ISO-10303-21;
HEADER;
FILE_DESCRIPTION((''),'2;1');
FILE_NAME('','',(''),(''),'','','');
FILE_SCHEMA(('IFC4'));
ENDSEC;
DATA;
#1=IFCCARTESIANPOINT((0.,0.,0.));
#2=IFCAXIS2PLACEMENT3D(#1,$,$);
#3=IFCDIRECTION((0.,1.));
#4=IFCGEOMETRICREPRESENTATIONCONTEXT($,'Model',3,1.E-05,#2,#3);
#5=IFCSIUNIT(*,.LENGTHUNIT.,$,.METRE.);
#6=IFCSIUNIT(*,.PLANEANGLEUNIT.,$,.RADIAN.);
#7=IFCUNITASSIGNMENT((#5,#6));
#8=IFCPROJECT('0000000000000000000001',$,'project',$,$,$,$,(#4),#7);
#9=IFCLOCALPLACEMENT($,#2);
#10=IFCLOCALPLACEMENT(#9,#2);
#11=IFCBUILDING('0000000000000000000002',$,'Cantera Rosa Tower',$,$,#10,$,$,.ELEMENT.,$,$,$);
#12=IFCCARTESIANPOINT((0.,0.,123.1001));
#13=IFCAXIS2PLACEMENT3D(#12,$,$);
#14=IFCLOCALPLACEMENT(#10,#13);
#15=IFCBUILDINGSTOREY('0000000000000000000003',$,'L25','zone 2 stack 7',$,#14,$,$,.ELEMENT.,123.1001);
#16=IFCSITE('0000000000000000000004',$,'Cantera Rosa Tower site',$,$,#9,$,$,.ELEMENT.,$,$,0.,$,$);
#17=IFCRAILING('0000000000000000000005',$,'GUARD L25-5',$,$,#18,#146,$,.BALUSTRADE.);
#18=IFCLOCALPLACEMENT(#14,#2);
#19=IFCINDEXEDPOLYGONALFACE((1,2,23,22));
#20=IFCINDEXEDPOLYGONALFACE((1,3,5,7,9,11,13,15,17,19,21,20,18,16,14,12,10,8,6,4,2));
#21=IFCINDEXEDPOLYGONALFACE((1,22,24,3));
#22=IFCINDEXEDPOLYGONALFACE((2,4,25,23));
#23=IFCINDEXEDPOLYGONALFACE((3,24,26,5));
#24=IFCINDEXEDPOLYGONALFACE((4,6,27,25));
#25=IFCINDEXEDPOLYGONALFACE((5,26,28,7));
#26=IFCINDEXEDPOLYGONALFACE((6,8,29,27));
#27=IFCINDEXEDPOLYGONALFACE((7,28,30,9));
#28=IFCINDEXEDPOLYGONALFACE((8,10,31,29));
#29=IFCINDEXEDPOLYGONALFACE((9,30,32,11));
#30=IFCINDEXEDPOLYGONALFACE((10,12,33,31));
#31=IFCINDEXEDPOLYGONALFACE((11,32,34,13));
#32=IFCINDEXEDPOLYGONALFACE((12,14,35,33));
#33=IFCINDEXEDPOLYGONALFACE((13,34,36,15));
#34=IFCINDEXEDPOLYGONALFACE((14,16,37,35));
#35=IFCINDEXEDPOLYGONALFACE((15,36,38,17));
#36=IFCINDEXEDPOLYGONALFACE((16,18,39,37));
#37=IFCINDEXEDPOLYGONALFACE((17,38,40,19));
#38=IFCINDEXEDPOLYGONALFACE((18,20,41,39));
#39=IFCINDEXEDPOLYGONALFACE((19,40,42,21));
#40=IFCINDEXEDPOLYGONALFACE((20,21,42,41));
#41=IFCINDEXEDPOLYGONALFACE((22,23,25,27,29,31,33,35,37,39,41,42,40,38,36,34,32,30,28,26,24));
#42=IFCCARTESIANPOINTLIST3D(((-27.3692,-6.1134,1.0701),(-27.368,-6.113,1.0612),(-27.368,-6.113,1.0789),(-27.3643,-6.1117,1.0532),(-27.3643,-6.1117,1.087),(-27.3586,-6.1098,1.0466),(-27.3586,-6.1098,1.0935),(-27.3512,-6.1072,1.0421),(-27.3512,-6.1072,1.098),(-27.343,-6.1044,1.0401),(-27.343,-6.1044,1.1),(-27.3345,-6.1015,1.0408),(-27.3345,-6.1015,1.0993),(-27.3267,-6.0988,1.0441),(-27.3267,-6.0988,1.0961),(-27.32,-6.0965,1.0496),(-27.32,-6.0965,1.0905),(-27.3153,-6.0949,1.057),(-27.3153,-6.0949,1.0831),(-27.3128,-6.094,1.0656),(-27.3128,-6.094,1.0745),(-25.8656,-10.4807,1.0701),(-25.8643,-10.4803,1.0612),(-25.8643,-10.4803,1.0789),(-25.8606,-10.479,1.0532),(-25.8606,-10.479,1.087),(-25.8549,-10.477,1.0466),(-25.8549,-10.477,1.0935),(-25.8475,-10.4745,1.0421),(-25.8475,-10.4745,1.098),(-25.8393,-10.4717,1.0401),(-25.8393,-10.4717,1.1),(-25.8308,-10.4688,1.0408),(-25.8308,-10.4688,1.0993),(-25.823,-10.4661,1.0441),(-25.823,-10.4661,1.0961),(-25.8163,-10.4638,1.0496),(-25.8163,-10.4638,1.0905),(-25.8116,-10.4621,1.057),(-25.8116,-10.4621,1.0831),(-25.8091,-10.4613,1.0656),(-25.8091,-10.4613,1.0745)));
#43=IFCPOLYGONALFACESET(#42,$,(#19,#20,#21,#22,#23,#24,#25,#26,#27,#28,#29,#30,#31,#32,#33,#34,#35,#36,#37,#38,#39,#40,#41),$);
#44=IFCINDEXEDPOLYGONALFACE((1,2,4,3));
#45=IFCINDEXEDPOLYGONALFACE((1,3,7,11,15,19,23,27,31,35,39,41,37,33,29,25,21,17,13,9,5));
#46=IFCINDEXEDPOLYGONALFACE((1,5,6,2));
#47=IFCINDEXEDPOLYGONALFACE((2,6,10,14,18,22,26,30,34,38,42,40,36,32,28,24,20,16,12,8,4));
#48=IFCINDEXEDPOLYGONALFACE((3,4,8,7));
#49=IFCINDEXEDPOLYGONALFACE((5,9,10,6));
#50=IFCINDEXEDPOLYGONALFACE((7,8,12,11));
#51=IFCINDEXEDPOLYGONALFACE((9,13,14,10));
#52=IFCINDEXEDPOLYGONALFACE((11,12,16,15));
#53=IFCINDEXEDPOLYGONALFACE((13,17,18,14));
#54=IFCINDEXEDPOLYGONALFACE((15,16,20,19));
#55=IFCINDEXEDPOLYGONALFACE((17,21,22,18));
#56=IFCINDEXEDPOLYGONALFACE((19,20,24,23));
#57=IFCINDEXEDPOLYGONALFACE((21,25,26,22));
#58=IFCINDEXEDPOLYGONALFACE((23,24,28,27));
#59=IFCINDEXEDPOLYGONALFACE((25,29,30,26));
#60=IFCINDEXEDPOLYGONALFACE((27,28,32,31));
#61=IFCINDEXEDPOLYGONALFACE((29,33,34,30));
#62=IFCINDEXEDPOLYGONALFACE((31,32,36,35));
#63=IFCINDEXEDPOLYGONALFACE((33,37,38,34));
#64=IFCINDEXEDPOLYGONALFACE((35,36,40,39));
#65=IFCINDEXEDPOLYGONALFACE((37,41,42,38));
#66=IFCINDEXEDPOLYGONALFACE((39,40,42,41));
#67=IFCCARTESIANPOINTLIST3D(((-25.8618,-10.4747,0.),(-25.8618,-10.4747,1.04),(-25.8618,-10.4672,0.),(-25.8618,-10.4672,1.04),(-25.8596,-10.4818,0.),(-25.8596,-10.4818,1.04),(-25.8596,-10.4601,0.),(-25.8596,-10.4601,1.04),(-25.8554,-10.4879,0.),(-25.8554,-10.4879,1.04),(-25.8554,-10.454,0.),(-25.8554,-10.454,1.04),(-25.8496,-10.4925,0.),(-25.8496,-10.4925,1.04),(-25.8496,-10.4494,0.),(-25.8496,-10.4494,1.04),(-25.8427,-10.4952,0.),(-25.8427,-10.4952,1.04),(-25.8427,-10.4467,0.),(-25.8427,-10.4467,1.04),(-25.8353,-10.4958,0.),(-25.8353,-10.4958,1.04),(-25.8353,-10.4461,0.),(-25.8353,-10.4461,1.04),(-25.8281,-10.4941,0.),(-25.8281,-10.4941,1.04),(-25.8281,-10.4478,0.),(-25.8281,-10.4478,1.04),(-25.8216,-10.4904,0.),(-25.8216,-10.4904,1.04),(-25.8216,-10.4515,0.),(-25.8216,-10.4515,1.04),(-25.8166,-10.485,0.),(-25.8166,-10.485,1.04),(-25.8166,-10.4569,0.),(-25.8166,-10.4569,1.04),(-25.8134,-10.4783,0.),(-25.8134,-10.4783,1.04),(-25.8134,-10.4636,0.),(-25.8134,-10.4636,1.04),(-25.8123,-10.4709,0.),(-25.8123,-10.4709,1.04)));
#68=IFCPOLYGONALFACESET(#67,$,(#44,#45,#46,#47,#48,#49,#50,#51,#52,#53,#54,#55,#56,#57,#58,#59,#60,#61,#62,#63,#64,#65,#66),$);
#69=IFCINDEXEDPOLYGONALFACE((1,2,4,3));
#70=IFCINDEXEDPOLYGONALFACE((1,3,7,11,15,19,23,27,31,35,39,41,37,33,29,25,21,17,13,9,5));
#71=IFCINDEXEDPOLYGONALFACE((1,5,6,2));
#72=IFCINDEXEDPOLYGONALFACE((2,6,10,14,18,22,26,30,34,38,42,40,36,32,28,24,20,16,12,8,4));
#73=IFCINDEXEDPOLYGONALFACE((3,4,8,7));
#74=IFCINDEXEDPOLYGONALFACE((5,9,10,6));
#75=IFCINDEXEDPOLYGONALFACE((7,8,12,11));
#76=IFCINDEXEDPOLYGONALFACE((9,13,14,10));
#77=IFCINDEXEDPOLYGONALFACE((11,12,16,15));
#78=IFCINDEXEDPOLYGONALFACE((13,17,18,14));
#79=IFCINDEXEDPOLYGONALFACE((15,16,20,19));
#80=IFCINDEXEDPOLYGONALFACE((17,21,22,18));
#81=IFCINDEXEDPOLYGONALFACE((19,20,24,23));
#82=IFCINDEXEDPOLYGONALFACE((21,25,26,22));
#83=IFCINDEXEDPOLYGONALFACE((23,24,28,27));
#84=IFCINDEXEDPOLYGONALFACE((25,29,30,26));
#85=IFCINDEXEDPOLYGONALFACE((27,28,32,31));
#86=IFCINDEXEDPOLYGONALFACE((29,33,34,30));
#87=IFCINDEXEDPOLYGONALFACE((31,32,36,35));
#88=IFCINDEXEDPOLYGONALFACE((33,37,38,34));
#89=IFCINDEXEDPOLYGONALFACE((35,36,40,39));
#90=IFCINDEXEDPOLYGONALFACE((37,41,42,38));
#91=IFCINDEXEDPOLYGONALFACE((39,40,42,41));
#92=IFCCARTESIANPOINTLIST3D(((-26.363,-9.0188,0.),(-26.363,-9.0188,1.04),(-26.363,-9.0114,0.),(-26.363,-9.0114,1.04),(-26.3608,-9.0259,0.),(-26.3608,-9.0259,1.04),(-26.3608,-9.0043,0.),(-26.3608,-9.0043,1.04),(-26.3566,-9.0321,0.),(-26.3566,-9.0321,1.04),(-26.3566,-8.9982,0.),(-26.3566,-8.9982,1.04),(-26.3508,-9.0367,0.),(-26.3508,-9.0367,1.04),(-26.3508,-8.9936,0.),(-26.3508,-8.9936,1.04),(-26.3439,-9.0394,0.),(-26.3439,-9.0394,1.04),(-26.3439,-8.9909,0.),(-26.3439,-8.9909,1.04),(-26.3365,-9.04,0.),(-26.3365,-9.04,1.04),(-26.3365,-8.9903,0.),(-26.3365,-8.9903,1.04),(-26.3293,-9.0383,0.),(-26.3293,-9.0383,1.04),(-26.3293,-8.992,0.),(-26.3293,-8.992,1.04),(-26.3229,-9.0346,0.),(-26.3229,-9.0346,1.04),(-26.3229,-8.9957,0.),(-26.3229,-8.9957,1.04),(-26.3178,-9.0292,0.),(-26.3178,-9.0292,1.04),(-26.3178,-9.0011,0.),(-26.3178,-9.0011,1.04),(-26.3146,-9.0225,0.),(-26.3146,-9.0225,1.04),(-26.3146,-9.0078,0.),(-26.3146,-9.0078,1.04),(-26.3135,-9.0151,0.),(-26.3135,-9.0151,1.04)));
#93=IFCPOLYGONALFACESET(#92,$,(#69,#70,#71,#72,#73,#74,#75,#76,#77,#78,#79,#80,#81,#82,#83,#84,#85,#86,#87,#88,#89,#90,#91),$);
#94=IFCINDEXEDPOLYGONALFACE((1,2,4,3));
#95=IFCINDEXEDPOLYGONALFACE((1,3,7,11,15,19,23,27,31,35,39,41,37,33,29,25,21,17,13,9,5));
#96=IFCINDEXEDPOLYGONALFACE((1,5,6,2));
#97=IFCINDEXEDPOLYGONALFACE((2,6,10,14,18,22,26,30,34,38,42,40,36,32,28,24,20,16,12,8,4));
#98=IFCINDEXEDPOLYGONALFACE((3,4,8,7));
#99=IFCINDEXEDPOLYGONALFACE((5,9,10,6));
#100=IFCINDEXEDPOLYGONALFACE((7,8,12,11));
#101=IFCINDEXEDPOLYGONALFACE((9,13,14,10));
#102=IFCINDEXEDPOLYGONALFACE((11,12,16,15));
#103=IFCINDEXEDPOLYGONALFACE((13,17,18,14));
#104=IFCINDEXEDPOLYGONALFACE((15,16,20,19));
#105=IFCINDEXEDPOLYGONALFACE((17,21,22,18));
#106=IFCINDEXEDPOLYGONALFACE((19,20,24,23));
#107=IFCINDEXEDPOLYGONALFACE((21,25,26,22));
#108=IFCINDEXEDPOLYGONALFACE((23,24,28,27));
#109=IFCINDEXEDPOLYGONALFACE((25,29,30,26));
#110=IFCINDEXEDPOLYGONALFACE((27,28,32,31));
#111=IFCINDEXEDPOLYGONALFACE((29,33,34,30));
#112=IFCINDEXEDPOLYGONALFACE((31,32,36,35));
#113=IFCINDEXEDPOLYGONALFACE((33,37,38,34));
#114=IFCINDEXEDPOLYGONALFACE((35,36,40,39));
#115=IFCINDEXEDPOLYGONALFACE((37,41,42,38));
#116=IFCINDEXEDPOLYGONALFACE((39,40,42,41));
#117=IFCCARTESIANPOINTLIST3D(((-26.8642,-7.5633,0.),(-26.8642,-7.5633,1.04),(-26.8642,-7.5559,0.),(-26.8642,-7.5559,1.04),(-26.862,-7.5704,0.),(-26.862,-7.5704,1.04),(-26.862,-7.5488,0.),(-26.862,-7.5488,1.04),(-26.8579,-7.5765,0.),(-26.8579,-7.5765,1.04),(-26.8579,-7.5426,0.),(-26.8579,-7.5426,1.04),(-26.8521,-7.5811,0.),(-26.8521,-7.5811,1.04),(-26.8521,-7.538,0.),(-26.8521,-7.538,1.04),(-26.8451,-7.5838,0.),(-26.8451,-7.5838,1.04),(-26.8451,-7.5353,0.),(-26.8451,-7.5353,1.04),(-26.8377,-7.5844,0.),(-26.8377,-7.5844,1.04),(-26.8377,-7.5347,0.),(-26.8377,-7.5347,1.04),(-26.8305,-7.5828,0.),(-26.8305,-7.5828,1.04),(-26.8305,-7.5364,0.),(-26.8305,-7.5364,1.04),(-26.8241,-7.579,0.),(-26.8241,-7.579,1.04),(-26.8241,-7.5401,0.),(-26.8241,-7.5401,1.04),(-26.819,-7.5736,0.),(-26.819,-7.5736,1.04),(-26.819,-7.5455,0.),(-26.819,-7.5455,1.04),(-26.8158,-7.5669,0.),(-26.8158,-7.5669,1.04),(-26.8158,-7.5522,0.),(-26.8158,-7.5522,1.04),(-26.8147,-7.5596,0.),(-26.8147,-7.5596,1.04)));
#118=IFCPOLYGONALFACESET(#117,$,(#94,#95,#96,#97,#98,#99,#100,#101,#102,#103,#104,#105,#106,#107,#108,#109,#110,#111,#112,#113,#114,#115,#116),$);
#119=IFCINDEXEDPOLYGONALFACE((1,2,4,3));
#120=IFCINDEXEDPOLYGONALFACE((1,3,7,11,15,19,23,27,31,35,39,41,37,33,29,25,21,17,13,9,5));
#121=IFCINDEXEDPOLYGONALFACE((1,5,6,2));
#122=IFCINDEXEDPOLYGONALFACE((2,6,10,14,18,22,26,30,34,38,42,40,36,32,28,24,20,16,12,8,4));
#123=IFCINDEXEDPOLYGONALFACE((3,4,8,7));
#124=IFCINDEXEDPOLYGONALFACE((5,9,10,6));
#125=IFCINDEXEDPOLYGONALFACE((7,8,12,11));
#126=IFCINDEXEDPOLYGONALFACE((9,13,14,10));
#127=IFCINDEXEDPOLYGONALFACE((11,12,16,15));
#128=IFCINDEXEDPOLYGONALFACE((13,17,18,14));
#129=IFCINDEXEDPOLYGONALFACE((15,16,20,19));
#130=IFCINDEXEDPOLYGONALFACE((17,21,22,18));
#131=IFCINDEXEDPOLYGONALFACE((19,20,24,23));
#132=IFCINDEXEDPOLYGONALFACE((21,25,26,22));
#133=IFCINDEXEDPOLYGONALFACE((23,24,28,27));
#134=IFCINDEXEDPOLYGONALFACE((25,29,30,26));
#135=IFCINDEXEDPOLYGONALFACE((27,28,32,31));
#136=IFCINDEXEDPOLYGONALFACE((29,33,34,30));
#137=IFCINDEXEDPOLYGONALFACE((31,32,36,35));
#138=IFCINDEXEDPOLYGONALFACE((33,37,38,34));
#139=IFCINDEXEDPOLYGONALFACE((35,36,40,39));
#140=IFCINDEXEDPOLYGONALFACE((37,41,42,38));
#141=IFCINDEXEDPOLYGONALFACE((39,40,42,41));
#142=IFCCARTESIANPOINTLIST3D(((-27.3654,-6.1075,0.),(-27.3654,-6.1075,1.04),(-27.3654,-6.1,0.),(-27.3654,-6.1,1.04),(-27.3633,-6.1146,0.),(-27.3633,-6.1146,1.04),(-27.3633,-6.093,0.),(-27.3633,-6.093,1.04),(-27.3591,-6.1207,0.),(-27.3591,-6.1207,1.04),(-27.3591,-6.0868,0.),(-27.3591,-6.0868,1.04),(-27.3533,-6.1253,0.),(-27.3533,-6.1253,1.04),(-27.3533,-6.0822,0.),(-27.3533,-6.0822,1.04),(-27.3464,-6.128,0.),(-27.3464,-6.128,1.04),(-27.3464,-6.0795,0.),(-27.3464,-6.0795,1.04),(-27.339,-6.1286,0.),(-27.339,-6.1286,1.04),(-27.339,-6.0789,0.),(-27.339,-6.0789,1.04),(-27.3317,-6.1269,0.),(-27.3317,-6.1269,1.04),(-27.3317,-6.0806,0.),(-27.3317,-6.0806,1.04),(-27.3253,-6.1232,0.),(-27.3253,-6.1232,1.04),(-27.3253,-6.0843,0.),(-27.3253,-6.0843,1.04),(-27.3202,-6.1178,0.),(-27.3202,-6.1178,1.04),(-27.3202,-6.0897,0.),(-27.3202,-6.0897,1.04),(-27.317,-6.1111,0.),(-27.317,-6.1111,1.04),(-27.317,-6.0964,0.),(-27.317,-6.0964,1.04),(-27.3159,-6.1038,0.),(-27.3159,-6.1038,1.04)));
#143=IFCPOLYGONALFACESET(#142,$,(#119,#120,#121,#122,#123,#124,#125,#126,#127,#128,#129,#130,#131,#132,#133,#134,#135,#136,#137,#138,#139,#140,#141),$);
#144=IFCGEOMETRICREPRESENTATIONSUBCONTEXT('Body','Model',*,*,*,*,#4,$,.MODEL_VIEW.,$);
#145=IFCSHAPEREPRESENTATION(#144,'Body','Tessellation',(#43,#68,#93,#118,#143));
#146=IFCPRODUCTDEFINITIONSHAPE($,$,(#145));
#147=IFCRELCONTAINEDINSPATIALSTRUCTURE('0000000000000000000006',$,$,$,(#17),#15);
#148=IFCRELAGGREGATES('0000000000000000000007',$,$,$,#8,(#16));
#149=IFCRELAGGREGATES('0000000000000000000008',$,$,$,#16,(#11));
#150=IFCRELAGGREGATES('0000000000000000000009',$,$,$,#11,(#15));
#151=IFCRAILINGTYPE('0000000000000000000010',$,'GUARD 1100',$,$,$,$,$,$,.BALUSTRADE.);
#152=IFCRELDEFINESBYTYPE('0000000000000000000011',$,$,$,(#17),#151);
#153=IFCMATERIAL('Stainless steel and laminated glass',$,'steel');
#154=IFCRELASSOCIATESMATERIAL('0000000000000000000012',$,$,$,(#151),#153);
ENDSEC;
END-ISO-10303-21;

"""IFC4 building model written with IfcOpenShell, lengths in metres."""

from ifc_helpers import new_model, si_unit, direction, frame, origin, origin_2d, place, context, subcontext, project, spatial, circle, extrude, material, type_object, element, save


model = new_model("IFC4")

# Units and contexts
model_context = context("Model", 3, precision=1e-05, world=origin(), true_north=direction((0.0, 1.0)))
body_context = subcontext(model_context, "Body", "Model", "MODEL_VIEW")
ifc_project = project(units=[si_unit("LENGTHUNIT", "METRE"), si_unit("PLANEANGLEUNIT", "RADIAN")], contexts=[model_context])

# Site, building, storey
site_placement = place(None, origin())
site = spatial("IfcSite", under=ifc_project, at=site_placement, Name="Cantera Rosa Tower site", CompositionType="ELEMENT", RefElevation=0.0)
building_placement = place(site_placement, origin())
building = spatial("IfcBuilding", under=site, at=building_placement, Name="Cantera Rosa Tower", CompositionType="ELEMENT")
storey_placement = place(building_placement, frame((0.0, 0.0, 123.1001)))
storey = spatial("IfcBuildingStorey", under=building, at=storey_placement, Name="L25", Description="zone 2 stack 7", CompositionType="ELEMENT", Elevation=123.1001)

# Railing
ifc_material_1 = material(Name="Stainless steel and laminated glass", Category="steel")
railing_type = type_object("IfcRailingType", Name="GUARD 1100", PredefinedType="BALUSTRADE", material=ifc_material_1)
railing_1_placement = place(storey_placement, frame((-25.8372, -10.4709, 0.0)))
element("IfcRailing", 1, at=railing_1_placement, inside=storey, type_object=railing_type, Name="GUARD L25-5", PredefinedType="BALUSTRADE", context=body_context, shape_type="SweptSolid", body=[
    extrude(circle(Radius=0.03, at=origin_2d()), frame((0.0, 0.0, 1.0701), z_axis=(-0.325552, 0.945524, 0.0), x_axis=(-0.945524, -0.325552, 0.0)), (0.0, 0.0, 1.0), 4.6189),
    extrude(circle(Radius=0.0249, at=origin_2d()), origin(), (0.0, 0.0, 1.0), 1.04),
    extrude(circle(Radius=0.0249, at=origin_2d()), frame((-0.5012, 1.4558, 0.0)), (0.0, 0.0, 1.0), 1.04),
    extrude(circle(Radius=0.0249, at=origin_2d()), frame((-1.0024, 2.9114, 0.0)), (0.0, 0.0, 1.0), 1.04),
    extrude(circle(Radius=0.0249, at=origin_2d()), frame((-1.5037, 4.3672, 0.0)), (0.0, 0.0, 1.0), 1.04),
])

save(model, "model.ifc")
